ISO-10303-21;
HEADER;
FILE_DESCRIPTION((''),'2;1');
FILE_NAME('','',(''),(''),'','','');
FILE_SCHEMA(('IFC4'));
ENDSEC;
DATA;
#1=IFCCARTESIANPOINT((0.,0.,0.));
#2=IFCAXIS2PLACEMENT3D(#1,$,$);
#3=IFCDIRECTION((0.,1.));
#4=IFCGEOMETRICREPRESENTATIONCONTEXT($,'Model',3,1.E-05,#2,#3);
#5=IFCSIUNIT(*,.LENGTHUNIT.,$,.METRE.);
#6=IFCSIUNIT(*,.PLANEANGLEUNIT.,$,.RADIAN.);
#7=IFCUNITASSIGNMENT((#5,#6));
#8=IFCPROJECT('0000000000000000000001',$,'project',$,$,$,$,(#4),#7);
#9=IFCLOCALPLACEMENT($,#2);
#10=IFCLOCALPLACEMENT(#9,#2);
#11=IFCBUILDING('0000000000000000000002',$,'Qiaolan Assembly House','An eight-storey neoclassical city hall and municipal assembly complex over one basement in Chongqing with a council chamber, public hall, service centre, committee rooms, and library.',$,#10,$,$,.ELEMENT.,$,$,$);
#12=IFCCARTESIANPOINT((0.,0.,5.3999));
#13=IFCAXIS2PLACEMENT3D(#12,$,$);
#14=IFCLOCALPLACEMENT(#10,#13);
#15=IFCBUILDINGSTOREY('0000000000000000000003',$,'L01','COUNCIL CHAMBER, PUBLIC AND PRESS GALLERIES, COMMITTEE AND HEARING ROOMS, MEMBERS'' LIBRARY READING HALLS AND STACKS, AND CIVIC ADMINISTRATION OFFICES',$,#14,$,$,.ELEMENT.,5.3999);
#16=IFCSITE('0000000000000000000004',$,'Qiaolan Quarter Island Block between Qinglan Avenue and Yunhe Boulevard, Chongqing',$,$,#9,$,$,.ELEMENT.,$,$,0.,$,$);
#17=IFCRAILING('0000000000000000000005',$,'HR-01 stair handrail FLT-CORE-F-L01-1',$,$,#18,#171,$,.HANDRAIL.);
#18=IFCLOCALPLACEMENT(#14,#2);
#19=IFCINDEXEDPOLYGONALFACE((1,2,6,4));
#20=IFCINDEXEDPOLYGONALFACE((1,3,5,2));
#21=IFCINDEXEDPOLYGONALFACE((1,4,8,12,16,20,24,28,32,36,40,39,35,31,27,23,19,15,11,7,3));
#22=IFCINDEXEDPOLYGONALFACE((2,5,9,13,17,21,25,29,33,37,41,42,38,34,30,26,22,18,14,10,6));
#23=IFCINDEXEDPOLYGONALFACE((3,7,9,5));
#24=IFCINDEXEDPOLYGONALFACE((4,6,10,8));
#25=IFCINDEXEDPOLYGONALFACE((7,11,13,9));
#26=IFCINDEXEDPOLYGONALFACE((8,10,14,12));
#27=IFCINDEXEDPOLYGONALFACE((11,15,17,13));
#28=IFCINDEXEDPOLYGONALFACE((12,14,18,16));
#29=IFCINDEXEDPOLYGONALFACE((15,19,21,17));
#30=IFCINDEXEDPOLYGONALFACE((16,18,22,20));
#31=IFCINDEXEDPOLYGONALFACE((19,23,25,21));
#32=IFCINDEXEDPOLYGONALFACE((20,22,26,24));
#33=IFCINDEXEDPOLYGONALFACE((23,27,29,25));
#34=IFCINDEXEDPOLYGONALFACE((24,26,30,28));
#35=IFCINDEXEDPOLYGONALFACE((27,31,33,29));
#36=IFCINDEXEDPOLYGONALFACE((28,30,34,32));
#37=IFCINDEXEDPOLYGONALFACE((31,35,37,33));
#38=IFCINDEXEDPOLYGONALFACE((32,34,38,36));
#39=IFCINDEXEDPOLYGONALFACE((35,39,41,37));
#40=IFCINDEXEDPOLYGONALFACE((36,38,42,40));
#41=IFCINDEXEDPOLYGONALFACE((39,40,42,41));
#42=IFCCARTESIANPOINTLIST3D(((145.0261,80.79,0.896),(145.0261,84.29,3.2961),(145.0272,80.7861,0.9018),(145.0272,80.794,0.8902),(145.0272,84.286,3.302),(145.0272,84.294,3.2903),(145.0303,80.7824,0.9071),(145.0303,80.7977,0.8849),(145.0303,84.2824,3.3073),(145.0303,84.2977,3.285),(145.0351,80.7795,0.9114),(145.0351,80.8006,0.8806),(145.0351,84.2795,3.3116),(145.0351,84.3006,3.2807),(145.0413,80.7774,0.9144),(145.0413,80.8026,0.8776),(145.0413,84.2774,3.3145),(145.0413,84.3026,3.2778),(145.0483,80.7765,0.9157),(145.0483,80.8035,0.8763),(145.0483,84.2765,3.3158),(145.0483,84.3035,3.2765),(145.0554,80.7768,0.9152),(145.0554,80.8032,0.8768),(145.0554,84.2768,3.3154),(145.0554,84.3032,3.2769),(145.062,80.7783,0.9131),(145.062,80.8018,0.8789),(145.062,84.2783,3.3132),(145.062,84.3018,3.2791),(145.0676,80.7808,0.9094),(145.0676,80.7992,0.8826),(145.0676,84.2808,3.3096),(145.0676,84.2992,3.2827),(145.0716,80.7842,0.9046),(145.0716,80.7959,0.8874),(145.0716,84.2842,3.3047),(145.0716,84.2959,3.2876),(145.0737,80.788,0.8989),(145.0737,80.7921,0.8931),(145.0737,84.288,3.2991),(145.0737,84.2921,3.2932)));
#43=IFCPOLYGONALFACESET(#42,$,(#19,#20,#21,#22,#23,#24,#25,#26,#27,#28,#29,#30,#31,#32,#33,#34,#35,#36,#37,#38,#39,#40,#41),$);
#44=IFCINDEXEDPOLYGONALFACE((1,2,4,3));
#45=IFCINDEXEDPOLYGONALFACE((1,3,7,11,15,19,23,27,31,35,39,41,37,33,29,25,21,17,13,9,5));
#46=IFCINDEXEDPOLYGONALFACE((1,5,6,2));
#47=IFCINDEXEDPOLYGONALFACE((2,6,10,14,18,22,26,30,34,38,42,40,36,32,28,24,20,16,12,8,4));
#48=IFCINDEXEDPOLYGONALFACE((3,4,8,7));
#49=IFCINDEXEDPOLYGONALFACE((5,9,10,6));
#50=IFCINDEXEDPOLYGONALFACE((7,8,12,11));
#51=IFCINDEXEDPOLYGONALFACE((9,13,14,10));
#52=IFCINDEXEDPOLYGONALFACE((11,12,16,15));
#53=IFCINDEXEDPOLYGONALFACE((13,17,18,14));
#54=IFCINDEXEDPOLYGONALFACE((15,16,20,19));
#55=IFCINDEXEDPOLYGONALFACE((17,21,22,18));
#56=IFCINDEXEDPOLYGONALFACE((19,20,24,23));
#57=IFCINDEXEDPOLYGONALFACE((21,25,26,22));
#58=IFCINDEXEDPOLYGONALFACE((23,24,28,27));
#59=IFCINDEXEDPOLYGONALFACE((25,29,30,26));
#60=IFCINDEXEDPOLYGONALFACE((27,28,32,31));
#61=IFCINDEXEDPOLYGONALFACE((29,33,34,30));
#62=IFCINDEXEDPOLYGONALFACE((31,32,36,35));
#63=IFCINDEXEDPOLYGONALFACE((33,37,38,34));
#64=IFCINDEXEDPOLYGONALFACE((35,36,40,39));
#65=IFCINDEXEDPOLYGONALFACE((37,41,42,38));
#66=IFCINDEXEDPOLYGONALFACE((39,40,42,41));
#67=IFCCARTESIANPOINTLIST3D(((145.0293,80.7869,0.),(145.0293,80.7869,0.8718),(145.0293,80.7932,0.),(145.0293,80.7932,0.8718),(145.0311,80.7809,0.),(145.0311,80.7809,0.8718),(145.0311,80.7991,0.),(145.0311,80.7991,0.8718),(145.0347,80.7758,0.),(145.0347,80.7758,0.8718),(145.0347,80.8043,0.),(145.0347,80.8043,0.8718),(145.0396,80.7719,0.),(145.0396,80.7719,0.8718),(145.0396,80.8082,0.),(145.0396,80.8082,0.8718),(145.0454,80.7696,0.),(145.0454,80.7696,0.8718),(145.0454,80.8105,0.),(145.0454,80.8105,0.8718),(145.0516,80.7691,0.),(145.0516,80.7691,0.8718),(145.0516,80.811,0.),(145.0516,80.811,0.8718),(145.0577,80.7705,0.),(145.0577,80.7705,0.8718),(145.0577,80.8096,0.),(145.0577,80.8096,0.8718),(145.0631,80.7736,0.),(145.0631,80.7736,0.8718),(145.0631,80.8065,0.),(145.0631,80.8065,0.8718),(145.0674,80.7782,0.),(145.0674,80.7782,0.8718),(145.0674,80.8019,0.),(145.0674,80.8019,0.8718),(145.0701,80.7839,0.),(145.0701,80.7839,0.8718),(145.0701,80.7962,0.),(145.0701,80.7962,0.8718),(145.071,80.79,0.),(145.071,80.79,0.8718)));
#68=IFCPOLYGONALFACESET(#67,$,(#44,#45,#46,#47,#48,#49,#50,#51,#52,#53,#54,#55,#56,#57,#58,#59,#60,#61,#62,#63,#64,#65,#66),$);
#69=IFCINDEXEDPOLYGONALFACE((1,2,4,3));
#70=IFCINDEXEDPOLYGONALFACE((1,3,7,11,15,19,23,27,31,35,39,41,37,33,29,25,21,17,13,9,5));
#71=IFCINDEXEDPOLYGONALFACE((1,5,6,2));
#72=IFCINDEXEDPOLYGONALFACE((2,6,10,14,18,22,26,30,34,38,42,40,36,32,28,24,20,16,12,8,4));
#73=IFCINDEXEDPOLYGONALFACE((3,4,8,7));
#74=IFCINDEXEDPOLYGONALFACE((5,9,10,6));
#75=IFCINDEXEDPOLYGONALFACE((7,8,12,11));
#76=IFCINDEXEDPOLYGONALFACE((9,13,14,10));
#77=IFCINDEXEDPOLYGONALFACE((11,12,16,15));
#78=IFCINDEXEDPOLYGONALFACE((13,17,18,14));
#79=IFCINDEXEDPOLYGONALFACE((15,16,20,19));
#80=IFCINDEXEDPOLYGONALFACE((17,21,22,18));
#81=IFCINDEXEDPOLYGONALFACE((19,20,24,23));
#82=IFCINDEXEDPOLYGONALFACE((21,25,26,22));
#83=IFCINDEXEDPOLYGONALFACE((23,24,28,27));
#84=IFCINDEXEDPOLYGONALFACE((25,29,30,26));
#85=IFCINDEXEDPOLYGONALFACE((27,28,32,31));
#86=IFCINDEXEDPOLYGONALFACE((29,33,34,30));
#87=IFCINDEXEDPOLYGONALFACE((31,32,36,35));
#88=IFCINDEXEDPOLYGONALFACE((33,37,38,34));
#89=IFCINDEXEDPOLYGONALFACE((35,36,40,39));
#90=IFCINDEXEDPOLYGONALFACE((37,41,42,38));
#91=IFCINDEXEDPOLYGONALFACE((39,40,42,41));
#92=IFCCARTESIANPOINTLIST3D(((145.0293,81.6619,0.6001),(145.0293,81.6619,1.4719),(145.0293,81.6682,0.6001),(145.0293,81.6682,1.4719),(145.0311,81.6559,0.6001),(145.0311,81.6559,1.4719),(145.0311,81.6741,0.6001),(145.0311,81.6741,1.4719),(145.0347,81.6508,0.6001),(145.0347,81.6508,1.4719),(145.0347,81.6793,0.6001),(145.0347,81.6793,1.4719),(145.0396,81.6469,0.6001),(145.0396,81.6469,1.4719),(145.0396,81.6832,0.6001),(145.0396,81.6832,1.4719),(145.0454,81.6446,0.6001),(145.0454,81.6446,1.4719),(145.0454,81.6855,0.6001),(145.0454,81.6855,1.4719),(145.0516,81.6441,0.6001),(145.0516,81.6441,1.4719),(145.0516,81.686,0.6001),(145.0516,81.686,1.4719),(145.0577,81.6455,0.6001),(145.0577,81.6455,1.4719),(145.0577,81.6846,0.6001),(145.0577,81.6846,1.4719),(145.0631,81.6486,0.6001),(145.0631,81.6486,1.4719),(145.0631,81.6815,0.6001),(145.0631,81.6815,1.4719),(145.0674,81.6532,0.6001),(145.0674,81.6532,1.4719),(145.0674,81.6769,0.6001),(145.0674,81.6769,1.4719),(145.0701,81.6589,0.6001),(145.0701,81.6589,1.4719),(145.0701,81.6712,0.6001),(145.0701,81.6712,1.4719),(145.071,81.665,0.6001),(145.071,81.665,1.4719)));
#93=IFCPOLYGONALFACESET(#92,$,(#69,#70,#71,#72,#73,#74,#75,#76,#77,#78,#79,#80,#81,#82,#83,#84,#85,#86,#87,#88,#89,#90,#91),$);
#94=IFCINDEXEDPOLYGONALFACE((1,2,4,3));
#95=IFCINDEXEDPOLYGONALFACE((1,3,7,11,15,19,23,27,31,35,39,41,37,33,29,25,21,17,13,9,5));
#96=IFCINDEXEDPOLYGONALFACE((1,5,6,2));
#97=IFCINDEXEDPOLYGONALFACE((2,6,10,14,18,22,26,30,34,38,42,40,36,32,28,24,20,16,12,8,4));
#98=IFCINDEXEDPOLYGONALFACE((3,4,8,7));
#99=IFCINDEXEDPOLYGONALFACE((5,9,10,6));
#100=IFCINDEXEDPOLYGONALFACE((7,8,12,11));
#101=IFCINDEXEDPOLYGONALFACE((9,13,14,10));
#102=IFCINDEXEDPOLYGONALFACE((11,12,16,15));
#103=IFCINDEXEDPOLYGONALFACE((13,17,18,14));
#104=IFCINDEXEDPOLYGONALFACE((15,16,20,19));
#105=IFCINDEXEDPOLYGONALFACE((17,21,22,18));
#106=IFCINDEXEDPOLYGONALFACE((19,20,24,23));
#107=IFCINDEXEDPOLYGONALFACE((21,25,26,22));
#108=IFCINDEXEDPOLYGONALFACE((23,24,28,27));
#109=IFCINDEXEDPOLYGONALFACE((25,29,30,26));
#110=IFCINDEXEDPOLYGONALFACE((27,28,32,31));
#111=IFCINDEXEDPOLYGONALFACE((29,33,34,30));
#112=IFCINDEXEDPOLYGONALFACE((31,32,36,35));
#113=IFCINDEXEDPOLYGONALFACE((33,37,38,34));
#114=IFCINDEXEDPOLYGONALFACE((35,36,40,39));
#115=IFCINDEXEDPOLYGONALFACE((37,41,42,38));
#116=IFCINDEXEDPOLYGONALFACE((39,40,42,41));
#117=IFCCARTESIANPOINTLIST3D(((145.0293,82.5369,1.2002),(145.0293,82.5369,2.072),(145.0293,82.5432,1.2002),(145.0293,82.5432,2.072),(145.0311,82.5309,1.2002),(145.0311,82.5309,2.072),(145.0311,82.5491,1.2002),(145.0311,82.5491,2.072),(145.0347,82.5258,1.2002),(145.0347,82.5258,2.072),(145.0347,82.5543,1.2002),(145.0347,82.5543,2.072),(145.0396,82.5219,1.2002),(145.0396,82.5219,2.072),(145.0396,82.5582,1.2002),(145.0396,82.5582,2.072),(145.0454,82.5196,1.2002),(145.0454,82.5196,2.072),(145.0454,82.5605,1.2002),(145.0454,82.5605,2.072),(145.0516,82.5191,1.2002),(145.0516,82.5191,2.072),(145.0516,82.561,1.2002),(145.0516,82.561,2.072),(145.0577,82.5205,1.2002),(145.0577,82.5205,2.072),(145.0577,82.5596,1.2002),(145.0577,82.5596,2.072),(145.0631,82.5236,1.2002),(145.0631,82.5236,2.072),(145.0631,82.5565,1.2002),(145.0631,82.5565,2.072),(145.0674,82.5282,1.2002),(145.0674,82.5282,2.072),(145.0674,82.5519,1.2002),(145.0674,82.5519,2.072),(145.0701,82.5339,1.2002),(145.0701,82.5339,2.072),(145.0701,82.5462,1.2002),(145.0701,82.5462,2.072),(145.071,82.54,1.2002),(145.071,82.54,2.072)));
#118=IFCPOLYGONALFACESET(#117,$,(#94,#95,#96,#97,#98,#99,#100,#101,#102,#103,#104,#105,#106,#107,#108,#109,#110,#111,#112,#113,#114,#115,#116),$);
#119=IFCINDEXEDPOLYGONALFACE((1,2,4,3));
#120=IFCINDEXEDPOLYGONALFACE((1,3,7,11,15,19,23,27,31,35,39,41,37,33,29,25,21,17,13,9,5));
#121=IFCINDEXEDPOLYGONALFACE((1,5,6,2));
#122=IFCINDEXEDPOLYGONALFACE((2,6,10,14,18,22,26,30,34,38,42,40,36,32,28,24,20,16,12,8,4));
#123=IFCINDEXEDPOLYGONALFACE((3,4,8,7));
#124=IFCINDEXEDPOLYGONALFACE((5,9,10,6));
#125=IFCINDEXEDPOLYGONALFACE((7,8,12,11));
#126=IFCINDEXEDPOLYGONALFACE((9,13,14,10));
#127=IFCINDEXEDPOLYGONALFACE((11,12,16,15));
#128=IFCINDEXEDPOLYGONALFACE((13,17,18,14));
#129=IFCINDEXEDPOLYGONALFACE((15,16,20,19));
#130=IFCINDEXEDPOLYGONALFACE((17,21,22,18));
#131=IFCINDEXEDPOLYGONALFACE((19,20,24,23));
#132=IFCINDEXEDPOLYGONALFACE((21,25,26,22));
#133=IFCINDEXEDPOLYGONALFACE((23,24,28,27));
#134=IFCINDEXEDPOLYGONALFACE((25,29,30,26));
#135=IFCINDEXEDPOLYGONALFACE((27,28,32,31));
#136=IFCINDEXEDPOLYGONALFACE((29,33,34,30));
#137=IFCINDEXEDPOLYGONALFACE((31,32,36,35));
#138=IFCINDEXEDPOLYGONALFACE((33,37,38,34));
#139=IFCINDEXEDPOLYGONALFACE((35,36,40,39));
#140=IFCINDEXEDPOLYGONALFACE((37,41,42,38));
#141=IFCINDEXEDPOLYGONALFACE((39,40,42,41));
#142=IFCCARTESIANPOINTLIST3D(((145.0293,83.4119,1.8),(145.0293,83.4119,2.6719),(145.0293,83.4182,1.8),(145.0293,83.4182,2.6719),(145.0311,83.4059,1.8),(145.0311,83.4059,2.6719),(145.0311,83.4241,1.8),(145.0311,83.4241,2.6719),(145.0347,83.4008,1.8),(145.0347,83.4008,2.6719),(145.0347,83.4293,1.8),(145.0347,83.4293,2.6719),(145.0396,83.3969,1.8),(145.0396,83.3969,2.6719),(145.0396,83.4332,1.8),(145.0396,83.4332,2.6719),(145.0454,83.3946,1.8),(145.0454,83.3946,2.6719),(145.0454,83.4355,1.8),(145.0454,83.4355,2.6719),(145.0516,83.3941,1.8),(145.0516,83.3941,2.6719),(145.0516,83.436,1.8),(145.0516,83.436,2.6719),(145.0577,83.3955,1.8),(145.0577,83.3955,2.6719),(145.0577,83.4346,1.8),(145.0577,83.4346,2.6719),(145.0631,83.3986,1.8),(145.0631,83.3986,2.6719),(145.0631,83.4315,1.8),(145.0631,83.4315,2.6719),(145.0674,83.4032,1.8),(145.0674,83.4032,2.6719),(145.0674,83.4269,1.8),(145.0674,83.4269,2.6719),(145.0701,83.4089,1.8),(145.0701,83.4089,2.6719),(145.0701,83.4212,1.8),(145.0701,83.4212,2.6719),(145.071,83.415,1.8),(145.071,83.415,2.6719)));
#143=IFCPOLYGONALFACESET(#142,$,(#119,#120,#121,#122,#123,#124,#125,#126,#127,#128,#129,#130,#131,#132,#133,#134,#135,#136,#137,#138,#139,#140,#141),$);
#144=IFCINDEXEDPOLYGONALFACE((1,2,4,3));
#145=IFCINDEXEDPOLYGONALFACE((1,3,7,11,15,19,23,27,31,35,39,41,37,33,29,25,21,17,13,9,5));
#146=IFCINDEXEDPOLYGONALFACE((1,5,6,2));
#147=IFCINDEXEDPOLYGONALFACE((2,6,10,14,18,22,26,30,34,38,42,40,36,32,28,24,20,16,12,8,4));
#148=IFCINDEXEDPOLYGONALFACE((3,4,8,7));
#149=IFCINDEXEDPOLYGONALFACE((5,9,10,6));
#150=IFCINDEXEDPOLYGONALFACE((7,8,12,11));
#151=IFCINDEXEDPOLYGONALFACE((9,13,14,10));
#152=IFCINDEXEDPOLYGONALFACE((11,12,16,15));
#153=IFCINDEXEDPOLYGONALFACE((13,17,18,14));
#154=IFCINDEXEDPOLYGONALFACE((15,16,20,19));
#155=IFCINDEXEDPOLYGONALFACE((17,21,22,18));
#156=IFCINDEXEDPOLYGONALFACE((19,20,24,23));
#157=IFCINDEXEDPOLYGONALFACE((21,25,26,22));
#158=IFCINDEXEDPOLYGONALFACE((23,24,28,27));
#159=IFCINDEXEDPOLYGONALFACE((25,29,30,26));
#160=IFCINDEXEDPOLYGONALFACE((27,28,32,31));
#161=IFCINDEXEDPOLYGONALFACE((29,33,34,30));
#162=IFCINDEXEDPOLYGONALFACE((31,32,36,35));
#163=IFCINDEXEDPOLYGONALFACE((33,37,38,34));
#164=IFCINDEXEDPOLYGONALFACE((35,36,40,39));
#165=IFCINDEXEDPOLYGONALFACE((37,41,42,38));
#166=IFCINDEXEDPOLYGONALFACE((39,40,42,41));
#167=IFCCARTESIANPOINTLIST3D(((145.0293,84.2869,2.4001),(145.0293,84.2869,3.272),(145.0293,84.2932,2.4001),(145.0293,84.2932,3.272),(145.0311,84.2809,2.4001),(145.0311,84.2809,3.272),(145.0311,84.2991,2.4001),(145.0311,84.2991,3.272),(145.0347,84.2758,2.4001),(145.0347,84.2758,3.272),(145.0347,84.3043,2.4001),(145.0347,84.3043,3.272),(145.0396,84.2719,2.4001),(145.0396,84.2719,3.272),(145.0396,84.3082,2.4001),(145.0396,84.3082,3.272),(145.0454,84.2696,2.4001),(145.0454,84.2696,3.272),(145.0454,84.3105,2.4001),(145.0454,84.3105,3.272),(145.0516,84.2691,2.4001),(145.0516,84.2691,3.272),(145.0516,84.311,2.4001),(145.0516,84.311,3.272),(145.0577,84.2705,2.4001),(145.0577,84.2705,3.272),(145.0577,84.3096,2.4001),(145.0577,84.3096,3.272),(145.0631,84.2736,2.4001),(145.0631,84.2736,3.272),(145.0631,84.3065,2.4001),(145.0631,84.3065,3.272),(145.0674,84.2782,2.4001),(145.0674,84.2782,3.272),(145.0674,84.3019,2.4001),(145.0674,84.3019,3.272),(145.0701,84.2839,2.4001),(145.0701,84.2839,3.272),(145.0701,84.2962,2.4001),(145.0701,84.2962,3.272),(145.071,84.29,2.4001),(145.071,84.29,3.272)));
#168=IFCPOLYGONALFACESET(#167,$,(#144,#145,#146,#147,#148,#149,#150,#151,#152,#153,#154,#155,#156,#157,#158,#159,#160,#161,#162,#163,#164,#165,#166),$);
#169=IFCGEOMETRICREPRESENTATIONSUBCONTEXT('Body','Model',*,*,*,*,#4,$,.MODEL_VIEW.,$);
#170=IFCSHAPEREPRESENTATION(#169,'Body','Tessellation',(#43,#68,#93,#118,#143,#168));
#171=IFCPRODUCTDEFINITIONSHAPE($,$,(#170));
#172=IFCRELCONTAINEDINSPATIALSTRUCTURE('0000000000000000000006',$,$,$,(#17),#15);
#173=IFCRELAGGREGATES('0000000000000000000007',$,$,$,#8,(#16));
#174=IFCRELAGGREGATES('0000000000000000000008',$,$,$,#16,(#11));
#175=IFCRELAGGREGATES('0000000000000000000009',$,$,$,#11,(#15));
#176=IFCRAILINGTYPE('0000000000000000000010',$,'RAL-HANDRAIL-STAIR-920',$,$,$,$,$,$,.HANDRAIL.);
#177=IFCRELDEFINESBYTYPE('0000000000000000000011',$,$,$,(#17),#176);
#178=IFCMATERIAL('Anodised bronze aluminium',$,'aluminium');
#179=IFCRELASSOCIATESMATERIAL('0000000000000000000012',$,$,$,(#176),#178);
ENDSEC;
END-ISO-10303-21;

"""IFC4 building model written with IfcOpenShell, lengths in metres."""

from ifc_helpers import new_model, si_unit, direction, frame, origin, origin_2d, place, context, subcontext, project, spatial, circle, extrude, material, type_object, element, save


model = new_model("IFC4")

# Units and contexts
model_context = context("Model", 3, precision=1e-05, world=origin(), true_north=direction((0.0, 1.0)))
body_context = subcontext(model_context, "Body", "Model", "MODEL_VIEW")
ifc_project = project(units=[si_unit("LENGTHUNIT", "METRE"), si_unit("PLANEANGLEUNIT", "RADIAN")], contexts=[model_context])

# Site, building, storey
site_placement = place(None, origin())
site = spatial("IfcSite", under=ifc_project, at=site_placement, Name="Qiaolan Quarter Island Block between Qinglan Avenue and Yunhe Boulevard, Chongqing", CompositionType="ELEMENT", RefElevation=0.0)
building_placement = place(site_placement, origin())
building = spatial("IfcBuilding", under=site, at=building_placement, Name="Qiaolan Assembly House", Description="An eight-storey neoclassical city hall and municipal assembly complex over one basement in Chongqing with a council chamber, public hall, service centre, committee rooms, and library.", CompositionType="ELEMENT")
storey_placement = place(building_placement, frame((0.0, 0.0, 5.3999)))
storey = spatial("IfcBuildingStorey", under=building, at=storey_placement, Name="L01", Description="COUNCIL CHAMBER, PUBLIC AND PRESS GALLERIES, COMMITTEE AND HEARING ROOMS, MEMBERS' LIBRARY READING HALLS AND STACKS, AND CIVIC ADMINISTRATION OFFICES", CompositionType="ELEMENT", Elevation=5.3999)

# Shared definitions
ifc_material_1 = material(Name="Anodised bronze aluminium", Category="aluminium")

# Railing
railing_type_1 = type_object("IfcRailingType", Name="RAL-HANDRAIL-STAIR-920", PredefinedType="HANDRAIL", material=ifc_material_1)
railing_1_placement = place(storey_placement, frame((145.05, 80.79, 0.0)))
element("IfcRailing", 1, at=railing_1_placement, inside=storey, type_object=railing_type_1, Name="HR-01 stair handrail FLT-CORE-F-L01-1", PredefinedType="HANDRAIL", context=body_context, shape_type="SweptSolid", body=[
    extrude(circle(Radius=0.0239, at=origin_2d()), frame((0.0, 0.0, 0.896), z_axis=(0.0, 0.824713, 0.565552), x_axis=(-1.0, 0.0, 0.0)), (0.0, 0.0, 1.0), 4.2439),
    extrude(circle(Radius=0.021, at=origin_2d()), origin(), (0.0, 0.0, 1.0), 0.8718),
    extrude(circle(Radius=0.021, at=origin_2d()), frame((0.0, 0.875, 0.6001)), (0.0, 0.0, 1.0), 0.8718),
    extrude(circle(Radius=0.021, at=origin_2d()), frame((0.0, 1.75, 1.2002)), (0.0, 0.0, 1.0), 0.8718),
    extrude(circle(Radius=0.021, at=origin_2d()), frame((0.0, 2.625, 1.8)), (0.0, 0.0, 1.0), 0.8718),
    extrude(circle(Radius=0.021, at=origin_2d()), frame((0.0, 3.5, 2.4001)), (0.0, 0.0, 1.0), 0.8718),
])

save(model, "model.ifc")
